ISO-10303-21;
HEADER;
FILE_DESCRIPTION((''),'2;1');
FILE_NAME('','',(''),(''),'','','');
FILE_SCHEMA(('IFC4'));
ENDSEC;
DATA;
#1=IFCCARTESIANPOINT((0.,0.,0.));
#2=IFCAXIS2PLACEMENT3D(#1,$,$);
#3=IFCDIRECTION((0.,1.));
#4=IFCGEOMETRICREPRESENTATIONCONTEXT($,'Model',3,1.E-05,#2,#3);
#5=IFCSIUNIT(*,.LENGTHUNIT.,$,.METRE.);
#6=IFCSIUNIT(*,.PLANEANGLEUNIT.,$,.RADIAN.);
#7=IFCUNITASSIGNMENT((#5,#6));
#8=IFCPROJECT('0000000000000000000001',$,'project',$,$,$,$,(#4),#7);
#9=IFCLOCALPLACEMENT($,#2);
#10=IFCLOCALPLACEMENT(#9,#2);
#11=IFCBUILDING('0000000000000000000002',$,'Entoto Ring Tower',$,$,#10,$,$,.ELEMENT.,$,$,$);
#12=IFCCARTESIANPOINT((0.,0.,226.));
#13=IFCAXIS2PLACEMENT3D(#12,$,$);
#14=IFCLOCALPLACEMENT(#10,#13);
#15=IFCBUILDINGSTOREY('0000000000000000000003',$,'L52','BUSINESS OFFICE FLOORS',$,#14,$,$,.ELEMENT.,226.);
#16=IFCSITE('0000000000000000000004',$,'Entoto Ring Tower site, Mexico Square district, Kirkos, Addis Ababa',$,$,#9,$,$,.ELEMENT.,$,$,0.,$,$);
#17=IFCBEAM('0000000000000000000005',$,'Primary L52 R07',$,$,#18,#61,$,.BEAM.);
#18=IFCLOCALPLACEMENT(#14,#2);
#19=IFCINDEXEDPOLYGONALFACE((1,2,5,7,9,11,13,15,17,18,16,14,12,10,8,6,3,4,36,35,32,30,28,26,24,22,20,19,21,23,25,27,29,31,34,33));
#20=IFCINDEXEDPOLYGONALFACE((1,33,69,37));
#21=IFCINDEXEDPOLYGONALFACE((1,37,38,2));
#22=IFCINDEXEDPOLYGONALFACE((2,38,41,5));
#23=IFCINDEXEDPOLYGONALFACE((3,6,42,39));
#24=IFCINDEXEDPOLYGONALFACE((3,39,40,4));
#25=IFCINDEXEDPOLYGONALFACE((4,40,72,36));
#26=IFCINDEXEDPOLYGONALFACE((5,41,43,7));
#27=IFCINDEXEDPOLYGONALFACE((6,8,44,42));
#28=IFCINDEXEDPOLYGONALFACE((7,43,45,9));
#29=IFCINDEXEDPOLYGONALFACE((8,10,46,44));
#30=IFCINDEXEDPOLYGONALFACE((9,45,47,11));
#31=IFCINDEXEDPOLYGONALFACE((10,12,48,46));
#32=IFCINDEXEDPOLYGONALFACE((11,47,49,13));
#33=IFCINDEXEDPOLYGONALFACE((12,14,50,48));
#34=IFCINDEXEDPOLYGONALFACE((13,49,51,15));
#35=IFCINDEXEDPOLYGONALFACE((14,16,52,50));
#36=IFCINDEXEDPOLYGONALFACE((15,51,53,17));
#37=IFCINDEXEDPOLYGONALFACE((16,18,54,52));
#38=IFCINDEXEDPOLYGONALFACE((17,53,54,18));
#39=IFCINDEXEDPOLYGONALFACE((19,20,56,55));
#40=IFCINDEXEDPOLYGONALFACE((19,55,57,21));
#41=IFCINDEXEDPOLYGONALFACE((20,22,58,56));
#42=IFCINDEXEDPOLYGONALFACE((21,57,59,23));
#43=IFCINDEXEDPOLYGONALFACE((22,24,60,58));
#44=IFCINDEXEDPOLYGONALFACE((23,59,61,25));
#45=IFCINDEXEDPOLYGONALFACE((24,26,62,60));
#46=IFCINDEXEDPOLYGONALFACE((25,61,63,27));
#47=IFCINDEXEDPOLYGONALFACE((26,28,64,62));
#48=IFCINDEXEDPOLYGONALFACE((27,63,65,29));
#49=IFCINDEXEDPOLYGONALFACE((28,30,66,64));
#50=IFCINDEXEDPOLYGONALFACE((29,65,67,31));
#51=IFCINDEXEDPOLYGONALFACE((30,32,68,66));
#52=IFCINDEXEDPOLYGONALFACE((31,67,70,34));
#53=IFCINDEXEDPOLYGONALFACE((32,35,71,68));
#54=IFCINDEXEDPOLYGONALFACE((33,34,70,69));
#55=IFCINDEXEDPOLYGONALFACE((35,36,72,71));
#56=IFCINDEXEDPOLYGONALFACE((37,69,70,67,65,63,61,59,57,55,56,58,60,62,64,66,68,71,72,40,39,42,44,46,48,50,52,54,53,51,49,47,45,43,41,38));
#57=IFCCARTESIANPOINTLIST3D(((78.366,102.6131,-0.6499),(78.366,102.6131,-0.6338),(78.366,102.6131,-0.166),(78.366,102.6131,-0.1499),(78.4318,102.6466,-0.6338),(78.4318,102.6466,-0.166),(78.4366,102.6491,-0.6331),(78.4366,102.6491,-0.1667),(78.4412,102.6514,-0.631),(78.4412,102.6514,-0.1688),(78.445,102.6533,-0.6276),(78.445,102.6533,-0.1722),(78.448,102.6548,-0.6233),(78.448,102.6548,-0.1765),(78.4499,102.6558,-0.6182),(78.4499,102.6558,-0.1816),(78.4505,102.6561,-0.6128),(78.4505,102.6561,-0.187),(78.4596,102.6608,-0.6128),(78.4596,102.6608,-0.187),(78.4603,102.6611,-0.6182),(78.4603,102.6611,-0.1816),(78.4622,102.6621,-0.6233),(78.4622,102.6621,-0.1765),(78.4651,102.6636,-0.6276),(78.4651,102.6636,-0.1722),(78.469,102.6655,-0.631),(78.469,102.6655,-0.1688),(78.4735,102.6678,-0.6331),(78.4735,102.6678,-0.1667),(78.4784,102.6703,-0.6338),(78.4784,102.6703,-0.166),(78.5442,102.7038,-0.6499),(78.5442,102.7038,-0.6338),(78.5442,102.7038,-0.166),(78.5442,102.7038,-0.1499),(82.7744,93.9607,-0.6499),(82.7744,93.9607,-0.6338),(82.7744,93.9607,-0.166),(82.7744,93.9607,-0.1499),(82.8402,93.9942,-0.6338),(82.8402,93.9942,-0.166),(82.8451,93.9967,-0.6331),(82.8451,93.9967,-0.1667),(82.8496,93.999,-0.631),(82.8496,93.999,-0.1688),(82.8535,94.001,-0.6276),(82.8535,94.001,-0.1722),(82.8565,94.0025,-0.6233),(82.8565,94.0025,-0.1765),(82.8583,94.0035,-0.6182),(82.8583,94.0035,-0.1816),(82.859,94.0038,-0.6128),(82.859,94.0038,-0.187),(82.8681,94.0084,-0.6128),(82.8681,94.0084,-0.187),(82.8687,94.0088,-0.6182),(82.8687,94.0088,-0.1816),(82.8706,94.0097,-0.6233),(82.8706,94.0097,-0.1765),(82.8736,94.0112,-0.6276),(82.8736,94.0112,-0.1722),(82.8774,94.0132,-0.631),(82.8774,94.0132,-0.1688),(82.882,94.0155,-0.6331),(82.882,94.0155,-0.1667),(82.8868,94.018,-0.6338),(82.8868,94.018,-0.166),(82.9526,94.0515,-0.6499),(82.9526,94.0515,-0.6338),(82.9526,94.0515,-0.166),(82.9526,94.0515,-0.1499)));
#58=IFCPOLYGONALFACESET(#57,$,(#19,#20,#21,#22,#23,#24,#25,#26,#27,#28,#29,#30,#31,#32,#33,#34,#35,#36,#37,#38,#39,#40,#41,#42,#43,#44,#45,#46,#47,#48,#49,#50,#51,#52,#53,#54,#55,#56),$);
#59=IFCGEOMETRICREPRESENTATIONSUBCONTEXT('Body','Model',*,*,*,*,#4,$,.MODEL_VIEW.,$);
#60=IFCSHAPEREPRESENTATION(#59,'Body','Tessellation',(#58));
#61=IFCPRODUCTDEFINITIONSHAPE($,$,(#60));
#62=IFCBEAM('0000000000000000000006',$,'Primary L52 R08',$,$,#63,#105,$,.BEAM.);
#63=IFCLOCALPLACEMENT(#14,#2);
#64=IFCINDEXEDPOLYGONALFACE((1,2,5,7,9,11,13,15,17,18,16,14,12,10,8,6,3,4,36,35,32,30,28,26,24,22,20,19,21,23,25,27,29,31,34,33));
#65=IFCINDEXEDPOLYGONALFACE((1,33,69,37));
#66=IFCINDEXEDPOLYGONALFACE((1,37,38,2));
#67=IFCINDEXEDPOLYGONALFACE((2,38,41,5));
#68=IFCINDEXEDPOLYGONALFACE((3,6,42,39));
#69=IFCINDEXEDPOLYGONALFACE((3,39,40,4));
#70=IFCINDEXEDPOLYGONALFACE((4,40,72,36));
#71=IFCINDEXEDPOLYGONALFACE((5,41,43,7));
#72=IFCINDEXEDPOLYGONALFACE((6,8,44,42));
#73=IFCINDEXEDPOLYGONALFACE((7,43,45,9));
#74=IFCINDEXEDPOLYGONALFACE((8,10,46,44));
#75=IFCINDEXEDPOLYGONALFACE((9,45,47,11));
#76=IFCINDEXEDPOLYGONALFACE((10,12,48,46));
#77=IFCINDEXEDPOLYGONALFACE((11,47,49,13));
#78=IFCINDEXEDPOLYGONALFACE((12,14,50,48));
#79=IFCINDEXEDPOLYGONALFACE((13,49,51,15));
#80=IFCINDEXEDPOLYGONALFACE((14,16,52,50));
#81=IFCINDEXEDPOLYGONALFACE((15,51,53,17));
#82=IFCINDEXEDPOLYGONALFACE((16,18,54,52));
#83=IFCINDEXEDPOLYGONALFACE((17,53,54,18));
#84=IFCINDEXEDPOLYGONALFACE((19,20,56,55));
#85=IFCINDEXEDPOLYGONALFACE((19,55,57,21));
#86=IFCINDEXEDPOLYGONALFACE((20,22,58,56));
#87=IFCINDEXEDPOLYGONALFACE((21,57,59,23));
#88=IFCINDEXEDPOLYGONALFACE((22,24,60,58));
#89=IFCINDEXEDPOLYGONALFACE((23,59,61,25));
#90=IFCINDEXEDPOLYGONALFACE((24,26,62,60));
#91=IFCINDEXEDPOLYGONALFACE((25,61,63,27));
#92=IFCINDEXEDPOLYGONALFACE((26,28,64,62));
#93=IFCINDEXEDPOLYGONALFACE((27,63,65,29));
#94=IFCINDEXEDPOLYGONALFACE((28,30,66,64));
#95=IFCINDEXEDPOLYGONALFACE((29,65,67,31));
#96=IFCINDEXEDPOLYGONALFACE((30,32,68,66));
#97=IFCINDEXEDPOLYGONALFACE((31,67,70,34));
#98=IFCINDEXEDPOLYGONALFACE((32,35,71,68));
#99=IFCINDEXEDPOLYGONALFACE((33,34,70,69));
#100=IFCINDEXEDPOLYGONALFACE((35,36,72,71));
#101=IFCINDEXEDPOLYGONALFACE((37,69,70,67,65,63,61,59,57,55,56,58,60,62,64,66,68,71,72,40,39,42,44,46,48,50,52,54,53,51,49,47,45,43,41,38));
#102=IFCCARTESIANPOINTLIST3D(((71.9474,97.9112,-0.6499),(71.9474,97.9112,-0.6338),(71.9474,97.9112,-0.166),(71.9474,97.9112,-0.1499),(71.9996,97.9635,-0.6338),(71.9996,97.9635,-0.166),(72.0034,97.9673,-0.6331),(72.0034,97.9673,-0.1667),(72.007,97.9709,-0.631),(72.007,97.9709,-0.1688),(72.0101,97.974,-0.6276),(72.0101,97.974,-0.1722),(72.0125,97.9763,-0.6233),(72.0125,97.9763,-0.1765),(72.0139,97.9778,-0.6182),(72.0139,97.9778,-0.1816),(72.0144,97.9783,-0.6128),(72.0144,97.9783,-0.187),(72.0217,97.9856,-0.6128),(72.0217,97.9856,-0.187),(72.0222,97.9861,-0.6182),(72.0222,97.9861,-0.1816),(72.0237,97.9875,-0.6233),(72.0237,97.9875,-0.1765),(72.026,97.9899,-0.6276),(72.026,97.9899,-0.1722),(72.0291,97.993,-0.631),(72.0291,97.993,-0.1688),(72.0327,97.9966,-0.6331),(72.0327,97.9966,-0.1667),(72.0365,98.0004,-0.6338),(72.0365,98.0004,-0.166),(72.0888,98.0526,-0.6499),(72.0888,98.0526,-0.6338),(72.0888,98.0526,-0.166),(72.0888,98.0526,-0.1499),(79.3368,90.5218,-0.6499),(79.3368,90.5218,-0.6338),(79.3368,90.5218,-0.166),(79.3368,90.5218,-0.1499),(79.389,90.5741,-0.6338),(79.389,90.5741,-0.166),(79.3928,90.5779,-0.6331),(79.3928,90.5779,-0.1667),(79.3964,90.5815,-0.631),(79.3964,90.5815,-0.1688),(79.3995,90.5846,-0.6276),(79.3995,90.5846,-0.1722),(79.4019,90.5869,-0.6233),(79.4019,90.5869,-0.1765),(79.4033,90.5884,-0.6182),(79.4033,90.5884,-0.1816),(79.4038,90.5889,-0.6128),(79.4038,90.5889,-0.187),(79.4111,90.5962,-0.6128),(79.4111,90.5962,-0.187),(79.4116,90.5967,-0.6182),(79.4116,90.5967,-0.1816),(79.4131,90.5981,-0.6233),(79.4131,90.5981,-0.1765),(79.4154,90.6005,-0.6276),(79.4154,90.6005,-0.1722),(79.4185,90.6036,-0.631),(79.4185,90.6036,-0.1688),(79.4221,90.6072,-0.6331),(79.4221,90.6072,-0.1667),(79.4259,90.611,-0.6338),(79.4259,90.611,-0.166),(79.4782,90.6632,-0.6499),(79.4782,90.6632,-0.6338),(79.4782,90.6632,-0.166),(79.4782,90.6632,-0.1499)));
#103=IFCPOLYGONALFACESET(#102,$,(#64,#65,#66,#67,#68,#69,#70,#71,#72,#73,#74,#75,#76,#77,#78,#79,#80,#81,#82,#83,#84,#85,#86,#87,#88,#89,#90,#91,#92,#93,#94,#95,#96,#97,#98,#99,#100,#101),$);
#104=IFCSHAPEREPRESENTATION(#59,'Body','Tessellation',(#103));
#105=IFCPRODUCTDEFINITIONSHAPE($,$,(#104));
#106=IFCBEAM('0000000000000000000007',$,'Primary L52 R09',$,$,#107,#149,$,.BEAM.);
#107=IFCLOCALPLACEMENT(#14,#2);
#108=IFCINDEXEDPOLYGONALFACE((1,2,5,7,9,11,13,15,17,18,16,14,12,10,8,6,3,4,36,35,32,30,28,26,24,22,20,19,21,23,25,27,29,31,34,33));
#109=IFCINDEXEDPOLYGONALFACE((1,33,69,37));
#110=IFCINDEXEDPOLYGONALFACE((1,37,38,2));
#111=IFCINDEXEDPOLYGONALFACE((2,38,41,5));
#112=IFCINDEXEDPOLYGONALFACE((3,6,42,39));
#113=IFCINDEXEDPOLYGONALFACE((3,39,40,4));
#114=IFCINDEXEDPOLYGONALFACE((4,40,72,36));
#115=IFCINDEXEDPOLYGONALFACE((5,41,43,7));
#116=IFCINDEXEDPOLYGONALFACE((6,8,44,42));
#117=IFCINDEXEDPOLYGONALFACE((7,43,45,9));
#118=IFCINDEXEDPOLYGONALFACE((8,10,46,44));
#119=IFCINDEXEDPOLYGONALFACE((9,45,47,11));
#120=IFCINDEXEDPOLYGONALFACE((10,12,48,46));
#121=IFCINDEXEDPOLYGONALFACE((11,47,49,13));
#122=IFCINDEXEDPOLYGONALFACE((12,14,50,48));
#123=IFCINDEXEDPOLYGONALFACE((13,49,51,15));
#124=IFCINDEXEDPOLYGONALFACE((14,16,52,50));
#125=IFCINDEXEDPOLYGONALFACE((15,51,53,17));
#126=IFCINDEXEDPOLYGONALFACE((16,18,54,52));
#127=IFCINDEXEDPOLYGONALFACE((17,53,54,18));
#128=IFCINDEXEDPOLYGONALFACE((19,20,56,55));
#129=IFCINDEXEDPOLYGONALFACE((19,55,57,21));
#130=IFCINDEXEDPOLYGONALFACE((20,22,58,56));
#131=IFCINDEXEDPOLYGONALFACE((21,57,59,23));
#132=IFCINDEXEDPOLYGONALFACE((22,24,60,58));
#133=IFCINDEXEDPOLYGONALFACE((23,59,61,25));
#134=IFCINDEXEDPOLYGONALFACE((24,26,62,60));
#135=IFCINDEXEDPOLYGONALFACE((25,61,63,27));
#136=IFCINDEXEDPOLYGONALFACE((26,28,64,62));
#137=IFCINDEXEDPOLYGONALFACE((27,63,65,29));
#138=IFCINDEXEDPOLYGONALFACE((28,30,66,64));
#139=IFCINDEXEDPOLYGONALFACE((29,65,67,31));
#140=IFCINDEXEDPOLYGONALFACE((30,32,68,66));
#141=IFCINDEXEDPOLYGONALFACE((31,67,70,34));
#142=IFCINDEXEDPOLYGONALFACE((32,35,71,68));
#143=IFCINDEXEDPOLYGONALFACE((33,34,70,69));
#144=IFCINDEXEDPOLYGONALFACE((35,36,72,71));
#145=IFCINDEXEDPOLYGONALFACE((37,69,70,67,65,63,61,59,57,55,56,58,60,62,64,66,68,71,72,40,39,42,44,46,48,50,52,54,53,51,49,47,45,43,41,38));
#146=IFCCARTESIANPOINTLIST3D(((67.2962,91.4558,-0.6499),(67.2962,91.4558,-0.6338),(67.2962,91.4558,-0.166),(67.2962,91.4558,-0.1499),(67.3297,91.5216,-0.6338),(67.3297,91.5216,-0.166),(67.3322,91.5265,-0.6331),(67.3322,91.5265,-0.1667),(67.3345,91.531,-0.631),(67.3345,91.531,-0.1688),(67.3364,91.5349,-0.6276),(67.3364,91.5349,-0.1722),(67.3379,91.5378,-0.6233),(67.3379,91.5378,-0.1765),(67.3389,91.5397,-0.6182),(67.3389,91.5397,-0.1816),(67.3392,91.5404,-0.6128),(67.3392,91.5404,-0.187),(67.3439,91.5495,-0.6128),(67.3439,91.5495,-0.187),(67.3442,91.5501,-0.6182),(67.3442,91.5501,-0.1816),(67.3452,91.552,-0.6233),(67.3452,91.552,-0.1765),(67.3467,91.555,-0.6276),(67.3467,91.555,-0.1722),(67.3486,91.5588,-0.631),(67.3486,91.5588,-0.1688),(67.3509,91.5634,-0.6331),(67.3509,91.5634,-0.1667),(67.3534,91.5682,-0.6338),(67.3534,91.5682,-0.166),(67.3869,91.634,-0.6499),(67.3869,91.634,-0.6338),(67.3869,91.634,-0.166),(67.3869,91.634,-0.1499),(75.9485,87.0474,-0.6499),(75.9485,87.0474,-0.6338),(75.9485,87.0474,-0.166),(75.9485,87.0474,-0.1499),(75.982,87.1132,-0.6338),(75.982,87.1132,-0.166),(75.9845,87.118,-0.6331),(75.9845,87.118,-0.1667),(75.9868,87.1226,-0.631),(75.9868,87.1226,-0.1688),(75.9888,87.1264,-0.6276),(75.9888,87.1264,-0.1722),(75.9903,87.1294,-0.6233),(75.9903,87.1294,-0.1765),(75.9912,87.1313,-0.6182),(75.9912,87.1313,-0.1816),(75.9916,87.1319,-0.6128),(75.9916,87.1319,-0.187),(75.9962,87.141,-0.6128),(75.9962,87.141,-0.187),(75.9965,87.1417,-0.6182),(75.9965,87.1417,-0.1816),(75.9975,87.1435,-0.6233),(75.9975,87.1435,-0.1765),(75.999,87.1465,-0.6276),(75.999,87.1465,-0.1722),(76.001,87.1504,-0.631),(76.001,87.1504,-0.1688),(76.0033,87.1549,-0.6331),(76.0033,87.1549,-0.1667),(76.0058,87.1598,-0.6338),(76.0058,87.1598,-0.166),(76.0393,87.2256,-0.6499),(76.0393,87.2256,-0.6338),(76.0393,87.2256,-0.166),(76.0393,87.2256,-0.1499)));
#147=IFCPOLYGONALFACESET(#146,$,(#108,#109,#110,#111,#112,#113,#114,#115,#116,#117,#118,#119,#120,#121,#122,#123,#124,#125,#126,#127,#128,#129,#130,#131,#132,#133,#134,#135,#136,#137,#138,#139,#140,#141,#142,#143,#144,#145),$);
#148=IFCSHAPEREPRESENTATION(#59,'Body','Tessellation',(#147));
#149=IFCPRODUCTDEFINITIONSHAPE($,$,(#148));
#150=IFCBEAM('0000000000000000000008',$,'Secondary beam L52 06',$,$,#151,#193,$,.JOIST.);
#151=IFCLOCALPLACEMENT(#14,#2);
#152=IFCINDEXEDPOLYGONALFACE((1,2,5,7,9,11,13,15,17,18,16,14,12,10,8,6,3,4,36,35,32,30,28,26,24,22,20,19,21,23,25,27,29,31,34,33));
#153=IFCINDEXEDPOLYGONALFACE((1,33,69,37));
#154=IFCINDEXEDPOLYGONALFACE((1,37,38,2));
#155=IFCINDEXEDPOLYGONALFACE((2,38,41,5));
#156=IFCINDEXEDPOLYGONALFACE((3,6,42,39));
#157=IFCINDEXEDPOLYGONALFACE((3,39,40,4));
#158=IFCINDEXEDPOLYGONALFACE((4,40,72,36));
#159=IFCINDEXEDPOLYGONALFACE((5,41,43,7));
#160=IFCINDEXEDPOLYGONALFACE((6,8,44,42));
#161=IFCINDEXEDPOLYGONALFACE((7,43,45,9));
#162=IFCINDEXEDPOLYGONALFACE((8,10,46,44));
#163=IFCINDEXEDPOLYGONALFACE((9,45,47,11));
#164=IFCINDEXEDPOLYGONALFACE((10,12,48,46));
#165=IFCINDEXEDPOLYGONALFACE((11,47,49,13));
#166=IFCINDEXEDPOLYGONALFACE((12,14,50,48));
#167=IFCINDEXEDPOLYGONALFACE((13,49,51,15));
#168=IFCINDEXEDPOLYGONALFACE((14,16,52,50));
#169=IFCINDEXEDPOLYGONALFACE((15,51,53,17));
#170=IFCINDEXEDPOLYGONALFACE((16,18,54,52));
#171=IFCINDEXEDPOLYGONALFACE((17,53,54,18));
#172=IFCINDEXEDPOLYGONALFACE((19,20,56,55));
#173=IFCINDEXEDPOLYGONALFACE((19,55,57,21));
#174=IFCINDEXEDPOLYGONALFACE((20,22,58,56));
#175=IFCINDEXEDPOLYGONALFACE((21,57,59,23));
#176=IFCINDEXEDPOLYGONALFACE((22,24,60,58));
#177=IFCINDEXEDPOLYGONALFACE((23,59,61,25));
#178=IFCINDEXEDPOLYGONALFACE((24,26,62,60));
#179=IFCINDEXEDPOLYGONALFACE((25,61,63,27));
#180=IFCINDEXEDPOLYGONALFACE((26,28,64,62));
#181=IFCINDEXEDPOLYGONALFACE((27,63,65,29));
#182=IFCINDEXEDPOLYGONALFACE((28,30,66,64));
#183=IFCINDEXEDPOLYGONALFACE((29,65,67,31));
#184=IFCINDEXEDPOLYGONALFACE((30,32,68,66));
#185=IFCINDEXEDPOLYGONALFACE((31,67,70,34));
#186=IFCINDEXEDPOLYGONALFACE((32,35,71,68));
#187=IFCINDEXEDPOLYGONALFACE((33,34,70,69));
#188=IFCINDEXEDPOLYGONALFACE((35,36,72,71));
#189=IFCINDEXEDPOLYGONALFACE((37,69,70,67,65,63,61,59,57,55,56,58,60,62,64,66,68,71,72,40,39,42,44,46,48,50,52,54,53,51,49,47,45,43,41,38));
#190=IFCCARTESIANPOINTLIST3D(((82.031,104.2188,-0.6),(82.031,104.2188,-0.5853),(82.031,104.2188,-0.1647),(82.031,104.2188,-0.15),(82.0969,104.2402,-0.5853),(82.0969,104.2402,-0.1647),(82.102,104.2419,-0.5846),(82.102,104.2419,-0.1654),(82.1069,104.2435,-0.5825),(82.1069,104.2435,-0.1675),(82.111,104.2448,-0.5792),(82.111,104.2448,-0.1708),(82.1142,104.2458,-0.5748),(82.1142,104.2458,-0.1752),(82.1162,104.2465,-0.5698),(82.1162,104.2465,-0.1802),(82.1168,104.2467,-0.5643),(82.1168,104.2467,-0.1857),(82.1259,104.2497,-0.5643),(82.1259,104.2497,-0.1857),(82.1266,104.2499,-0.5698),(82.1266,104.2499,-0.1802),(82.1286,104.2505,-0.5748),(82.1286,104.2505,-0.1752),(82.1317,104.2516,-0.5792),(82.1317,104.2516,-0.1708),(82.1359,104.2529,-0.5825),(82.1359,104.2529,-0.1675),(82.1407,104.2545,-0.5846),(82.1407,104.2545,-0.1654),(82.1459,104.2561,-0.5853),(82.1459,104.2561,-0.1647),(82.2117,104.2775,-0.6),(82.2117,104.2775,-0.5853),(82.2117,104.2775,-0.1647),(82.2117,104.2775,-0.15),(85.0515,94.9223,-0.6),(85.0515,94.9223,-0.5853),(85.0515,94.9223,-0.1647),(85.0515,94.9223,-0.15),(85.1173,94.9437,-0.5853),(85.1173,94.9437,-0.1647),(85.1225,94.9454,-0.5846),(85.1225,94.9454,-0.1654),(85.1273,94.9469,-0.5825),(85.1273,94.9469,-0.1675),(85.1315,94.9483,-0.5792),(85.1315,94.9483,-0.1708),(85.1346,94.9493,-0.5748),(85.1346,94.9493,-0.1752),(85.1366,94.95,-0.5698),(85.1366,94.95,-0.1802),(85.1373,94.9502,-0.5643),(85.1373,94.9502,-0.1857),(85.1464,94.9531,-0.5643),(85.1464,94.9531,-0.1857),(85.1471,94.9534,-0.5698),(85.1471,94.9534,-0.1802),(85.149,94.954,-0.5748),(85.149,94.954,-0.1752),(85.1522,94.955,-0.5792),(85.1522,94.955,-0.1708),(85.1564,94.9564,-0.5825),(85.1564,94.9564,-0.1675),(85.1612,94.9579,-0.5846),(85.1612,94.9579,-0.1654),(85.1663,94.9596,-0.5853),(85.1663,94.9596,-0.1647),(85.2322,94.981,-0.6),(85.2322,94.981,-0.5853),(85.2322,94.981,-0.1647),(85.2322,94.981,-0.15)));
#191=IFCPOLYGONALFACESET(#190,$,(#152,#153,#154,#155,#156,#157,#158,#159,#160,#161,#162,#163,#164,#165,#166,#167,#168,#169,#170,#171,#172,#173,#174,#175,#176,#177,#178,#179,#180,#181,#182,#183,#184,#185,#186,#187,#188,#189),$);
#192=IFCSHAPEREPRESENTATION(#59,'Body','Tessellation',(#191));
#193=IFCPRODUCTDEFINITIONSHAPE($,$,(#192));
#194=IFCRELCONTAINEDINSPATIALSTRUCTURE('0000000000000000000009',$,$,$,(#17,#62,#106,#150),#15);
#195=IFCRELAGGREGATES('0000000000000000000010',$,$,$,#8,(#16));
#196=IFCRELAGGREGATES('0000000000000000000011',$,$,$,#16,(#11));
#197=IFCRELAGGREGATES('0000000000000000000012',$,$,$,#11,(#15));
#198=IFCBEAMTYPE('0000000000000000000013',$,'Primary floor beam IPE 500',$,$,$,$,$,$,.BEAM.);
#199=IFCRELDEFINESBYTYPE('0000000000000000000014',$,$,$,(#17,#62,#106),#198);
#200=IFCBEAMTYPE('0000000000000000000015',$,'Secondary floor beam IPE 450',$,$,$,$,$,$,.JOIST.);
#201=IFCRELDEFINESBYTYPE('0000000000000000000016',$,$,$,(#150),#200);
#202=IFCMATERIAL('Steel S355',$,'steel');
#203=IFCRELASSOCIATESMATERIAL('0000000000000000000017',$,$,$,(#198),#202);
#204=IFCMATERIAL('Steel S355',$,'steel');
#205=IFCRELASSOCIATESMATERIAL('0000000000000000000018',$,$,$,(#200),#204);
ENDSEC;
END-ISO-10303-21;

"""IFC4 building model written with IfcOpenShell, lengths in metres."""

from ifc_helpers import new_model, si_unit, direction, frame, origin, origin_2d, place, context, subcontext, project, spatial, i_section, extrude, material, material_profile, profile_set, type_object, element, save


model = new_model("IFC4")

# Units and contexts
model_context = context("Model", 3, precision=1e-05, world=origin(), true_north=direction((0.0, 1.0)))
body_context = subcontext(model_context, "Body", "Model", "MODEL_VIEW")
ifc_project = project(units=[si_unit("LENGTHUNIT", "METRE"), si_unit("PLANEANGLEUNIT", "RADIAN")], contexts=[model_context])

# Site, building, storey
site_placement = place(None, origin())
site = spatial("IfcSite", under=ifc_project, at=site_placement, Name="Entoto Ring Tower site, Mexico Square district, Kirkos, Addis Ababa", CompositionType="ELEMENT", RefElevation=0.0)
building_placement = place(site_placement, origin())
building = spatial("IfcBuilding", under=site, at=building_placement, Name="Entoto Ring Tower", CompositionType="ELEMENT")
storey_placement = place(building_placement, frame((0.0, 0.0, 226.0)))
storey = spatial("IfcBuildingStorey", under=building, at=storey_placement, Name="L52", Description="BUSINESS OFFICE FLOORS", CompositionType="ELEMENT", Elevation=226.0)

# Beams
ifc_material_1 = material(Name="Steel S355", Category="steel")
ifc_material_profile_1 = material_profile(ifc_material_1, i_section(OverallWidth=0.2, OverallDepth=0.5, WebThickness=0.0103, FlangeThickness=0.0161, FilletRadius=0.021, at=origin_2d()), Name="IPE 500")
ifc_profile_set_1 = profile_set([ifc_material_profile_1], Name="Steel S355")
beam_type_1 = type_object("IfcBeamType", Name="Primary floor beam IPE 500", PredefinedType="BEAM", material=ifc_profile_set_1)
beam_1_placement = place(storey_placement, frame((82.8635, 94.0061, -0.3999), z_axis=(-0.453979, 0.891012, 0.0), x_axis=(-0.891012, -0.453979, 0.0)))
element("IfcBeam", 1, at=beam_1_placement, inside=storey, type_object=beam_type_1, Name="Primary L52 R07", PredefinedType="BEAM", context=body_context, shape_type="SweptSolid", body=[
    extrude(i_section(OverallWidth=0.2, OverallDepth=0.5, WebThickness=0.0103, FlangeThickness=0.0161, FilletRadius=0.021, at=origin_2d()), origin(), (0.0, 0.0, 1.0), 9.7107),
])
beam_2_placement = place(storey_placement, frame((79.4075, 90.5925, -0.3999), z_axis=(-0.707107, 0.707107, 0.0), x_axis=(-0.707107, -0.707107, 0.0)))
element("IfcBeam", 2, at=beam_2_placement, inside=storey, type_object=beam_type_1, Name="Primary L52 R08", PredefinedType="BEAM", context=body_context, shape_type="SweptSolid", body=[
    extrude(i_section(OverallWidth=0.2, OverallDepth=0.5, WebThickness=0.0103, FlangeThickness=0.0161, FilletRadius=0.021, at=origin_2d()), origin(), (0.0, 0.0, 1.0), 10.4502),
])
beam_3_placement = place(storey_placement, frame((75.9939, 87.1365, -0.3999), z_axis=(-0.891012, 0.453979, 0.0), x_axis=(-0.453979, -0.891012, 0.0)))
element("IfcBeam", 3, at=beam_3_placement, inside=storey, type_object=beam_type_1, Name="Primary L52 R09", PredefinedType="BEAM", context=body_context, shape_type="SweptSolid", body=[
    extrude(i_section(OverallWidth=0.2, OverallDepth=0.5, WebThickness=0.0103, FlangeThickness=0.0161, FilletRadius=0.021, at=origin_2d()), origin(), (0.0, 0.0, 1.0), 9.7107),
])
ifc_material_2 = material(Name="Steel S355", Category="steel")
ifc_material_profile_2 = material_profile(ifc_material_2, i_section(OverallWidth=0.1899, OverallDepth=0.45, WebThickness=0.0095, FlangeThickness=0.0146, FilletRadius=0.021, at=origin_2d()), Name="IPE 450")
ifc_profile_set_2 = profile_set([ifc_material_profile_2], Name="Steel S355")
beam_type_2 = type_object("IfcBeamType", Name="Secondary floor beam IPE 450", PredefinedType="JOIST", material=ifc_profile_set_2)
beam_4_placement = place(storey_placement, frame((85.1418, 94.9517, -0.375), z_axis=(-0.309003, 0.951061, 0.0), x_axis=(-0.951061, -0.309003, 0.0)))
element("IfcBeam", 4, at=beam_4_placement, inside=storey, type_object=beam_type_2, Name="Secondary beam L52 06", PredefinedType="JOIST", context=body_context, shape_type="SweptSolid", body=[
    extrude(i_section(OverallWidth=0.1899, OverallDepth=0.45, WebThickness=0.0095, FlangeThickness=0.0146, FilletRadius=0.021, at=origin_2d()), origin(), (0.0, 0.0, 1.0), 9.7749),
])

save(model, "model.ifc")
